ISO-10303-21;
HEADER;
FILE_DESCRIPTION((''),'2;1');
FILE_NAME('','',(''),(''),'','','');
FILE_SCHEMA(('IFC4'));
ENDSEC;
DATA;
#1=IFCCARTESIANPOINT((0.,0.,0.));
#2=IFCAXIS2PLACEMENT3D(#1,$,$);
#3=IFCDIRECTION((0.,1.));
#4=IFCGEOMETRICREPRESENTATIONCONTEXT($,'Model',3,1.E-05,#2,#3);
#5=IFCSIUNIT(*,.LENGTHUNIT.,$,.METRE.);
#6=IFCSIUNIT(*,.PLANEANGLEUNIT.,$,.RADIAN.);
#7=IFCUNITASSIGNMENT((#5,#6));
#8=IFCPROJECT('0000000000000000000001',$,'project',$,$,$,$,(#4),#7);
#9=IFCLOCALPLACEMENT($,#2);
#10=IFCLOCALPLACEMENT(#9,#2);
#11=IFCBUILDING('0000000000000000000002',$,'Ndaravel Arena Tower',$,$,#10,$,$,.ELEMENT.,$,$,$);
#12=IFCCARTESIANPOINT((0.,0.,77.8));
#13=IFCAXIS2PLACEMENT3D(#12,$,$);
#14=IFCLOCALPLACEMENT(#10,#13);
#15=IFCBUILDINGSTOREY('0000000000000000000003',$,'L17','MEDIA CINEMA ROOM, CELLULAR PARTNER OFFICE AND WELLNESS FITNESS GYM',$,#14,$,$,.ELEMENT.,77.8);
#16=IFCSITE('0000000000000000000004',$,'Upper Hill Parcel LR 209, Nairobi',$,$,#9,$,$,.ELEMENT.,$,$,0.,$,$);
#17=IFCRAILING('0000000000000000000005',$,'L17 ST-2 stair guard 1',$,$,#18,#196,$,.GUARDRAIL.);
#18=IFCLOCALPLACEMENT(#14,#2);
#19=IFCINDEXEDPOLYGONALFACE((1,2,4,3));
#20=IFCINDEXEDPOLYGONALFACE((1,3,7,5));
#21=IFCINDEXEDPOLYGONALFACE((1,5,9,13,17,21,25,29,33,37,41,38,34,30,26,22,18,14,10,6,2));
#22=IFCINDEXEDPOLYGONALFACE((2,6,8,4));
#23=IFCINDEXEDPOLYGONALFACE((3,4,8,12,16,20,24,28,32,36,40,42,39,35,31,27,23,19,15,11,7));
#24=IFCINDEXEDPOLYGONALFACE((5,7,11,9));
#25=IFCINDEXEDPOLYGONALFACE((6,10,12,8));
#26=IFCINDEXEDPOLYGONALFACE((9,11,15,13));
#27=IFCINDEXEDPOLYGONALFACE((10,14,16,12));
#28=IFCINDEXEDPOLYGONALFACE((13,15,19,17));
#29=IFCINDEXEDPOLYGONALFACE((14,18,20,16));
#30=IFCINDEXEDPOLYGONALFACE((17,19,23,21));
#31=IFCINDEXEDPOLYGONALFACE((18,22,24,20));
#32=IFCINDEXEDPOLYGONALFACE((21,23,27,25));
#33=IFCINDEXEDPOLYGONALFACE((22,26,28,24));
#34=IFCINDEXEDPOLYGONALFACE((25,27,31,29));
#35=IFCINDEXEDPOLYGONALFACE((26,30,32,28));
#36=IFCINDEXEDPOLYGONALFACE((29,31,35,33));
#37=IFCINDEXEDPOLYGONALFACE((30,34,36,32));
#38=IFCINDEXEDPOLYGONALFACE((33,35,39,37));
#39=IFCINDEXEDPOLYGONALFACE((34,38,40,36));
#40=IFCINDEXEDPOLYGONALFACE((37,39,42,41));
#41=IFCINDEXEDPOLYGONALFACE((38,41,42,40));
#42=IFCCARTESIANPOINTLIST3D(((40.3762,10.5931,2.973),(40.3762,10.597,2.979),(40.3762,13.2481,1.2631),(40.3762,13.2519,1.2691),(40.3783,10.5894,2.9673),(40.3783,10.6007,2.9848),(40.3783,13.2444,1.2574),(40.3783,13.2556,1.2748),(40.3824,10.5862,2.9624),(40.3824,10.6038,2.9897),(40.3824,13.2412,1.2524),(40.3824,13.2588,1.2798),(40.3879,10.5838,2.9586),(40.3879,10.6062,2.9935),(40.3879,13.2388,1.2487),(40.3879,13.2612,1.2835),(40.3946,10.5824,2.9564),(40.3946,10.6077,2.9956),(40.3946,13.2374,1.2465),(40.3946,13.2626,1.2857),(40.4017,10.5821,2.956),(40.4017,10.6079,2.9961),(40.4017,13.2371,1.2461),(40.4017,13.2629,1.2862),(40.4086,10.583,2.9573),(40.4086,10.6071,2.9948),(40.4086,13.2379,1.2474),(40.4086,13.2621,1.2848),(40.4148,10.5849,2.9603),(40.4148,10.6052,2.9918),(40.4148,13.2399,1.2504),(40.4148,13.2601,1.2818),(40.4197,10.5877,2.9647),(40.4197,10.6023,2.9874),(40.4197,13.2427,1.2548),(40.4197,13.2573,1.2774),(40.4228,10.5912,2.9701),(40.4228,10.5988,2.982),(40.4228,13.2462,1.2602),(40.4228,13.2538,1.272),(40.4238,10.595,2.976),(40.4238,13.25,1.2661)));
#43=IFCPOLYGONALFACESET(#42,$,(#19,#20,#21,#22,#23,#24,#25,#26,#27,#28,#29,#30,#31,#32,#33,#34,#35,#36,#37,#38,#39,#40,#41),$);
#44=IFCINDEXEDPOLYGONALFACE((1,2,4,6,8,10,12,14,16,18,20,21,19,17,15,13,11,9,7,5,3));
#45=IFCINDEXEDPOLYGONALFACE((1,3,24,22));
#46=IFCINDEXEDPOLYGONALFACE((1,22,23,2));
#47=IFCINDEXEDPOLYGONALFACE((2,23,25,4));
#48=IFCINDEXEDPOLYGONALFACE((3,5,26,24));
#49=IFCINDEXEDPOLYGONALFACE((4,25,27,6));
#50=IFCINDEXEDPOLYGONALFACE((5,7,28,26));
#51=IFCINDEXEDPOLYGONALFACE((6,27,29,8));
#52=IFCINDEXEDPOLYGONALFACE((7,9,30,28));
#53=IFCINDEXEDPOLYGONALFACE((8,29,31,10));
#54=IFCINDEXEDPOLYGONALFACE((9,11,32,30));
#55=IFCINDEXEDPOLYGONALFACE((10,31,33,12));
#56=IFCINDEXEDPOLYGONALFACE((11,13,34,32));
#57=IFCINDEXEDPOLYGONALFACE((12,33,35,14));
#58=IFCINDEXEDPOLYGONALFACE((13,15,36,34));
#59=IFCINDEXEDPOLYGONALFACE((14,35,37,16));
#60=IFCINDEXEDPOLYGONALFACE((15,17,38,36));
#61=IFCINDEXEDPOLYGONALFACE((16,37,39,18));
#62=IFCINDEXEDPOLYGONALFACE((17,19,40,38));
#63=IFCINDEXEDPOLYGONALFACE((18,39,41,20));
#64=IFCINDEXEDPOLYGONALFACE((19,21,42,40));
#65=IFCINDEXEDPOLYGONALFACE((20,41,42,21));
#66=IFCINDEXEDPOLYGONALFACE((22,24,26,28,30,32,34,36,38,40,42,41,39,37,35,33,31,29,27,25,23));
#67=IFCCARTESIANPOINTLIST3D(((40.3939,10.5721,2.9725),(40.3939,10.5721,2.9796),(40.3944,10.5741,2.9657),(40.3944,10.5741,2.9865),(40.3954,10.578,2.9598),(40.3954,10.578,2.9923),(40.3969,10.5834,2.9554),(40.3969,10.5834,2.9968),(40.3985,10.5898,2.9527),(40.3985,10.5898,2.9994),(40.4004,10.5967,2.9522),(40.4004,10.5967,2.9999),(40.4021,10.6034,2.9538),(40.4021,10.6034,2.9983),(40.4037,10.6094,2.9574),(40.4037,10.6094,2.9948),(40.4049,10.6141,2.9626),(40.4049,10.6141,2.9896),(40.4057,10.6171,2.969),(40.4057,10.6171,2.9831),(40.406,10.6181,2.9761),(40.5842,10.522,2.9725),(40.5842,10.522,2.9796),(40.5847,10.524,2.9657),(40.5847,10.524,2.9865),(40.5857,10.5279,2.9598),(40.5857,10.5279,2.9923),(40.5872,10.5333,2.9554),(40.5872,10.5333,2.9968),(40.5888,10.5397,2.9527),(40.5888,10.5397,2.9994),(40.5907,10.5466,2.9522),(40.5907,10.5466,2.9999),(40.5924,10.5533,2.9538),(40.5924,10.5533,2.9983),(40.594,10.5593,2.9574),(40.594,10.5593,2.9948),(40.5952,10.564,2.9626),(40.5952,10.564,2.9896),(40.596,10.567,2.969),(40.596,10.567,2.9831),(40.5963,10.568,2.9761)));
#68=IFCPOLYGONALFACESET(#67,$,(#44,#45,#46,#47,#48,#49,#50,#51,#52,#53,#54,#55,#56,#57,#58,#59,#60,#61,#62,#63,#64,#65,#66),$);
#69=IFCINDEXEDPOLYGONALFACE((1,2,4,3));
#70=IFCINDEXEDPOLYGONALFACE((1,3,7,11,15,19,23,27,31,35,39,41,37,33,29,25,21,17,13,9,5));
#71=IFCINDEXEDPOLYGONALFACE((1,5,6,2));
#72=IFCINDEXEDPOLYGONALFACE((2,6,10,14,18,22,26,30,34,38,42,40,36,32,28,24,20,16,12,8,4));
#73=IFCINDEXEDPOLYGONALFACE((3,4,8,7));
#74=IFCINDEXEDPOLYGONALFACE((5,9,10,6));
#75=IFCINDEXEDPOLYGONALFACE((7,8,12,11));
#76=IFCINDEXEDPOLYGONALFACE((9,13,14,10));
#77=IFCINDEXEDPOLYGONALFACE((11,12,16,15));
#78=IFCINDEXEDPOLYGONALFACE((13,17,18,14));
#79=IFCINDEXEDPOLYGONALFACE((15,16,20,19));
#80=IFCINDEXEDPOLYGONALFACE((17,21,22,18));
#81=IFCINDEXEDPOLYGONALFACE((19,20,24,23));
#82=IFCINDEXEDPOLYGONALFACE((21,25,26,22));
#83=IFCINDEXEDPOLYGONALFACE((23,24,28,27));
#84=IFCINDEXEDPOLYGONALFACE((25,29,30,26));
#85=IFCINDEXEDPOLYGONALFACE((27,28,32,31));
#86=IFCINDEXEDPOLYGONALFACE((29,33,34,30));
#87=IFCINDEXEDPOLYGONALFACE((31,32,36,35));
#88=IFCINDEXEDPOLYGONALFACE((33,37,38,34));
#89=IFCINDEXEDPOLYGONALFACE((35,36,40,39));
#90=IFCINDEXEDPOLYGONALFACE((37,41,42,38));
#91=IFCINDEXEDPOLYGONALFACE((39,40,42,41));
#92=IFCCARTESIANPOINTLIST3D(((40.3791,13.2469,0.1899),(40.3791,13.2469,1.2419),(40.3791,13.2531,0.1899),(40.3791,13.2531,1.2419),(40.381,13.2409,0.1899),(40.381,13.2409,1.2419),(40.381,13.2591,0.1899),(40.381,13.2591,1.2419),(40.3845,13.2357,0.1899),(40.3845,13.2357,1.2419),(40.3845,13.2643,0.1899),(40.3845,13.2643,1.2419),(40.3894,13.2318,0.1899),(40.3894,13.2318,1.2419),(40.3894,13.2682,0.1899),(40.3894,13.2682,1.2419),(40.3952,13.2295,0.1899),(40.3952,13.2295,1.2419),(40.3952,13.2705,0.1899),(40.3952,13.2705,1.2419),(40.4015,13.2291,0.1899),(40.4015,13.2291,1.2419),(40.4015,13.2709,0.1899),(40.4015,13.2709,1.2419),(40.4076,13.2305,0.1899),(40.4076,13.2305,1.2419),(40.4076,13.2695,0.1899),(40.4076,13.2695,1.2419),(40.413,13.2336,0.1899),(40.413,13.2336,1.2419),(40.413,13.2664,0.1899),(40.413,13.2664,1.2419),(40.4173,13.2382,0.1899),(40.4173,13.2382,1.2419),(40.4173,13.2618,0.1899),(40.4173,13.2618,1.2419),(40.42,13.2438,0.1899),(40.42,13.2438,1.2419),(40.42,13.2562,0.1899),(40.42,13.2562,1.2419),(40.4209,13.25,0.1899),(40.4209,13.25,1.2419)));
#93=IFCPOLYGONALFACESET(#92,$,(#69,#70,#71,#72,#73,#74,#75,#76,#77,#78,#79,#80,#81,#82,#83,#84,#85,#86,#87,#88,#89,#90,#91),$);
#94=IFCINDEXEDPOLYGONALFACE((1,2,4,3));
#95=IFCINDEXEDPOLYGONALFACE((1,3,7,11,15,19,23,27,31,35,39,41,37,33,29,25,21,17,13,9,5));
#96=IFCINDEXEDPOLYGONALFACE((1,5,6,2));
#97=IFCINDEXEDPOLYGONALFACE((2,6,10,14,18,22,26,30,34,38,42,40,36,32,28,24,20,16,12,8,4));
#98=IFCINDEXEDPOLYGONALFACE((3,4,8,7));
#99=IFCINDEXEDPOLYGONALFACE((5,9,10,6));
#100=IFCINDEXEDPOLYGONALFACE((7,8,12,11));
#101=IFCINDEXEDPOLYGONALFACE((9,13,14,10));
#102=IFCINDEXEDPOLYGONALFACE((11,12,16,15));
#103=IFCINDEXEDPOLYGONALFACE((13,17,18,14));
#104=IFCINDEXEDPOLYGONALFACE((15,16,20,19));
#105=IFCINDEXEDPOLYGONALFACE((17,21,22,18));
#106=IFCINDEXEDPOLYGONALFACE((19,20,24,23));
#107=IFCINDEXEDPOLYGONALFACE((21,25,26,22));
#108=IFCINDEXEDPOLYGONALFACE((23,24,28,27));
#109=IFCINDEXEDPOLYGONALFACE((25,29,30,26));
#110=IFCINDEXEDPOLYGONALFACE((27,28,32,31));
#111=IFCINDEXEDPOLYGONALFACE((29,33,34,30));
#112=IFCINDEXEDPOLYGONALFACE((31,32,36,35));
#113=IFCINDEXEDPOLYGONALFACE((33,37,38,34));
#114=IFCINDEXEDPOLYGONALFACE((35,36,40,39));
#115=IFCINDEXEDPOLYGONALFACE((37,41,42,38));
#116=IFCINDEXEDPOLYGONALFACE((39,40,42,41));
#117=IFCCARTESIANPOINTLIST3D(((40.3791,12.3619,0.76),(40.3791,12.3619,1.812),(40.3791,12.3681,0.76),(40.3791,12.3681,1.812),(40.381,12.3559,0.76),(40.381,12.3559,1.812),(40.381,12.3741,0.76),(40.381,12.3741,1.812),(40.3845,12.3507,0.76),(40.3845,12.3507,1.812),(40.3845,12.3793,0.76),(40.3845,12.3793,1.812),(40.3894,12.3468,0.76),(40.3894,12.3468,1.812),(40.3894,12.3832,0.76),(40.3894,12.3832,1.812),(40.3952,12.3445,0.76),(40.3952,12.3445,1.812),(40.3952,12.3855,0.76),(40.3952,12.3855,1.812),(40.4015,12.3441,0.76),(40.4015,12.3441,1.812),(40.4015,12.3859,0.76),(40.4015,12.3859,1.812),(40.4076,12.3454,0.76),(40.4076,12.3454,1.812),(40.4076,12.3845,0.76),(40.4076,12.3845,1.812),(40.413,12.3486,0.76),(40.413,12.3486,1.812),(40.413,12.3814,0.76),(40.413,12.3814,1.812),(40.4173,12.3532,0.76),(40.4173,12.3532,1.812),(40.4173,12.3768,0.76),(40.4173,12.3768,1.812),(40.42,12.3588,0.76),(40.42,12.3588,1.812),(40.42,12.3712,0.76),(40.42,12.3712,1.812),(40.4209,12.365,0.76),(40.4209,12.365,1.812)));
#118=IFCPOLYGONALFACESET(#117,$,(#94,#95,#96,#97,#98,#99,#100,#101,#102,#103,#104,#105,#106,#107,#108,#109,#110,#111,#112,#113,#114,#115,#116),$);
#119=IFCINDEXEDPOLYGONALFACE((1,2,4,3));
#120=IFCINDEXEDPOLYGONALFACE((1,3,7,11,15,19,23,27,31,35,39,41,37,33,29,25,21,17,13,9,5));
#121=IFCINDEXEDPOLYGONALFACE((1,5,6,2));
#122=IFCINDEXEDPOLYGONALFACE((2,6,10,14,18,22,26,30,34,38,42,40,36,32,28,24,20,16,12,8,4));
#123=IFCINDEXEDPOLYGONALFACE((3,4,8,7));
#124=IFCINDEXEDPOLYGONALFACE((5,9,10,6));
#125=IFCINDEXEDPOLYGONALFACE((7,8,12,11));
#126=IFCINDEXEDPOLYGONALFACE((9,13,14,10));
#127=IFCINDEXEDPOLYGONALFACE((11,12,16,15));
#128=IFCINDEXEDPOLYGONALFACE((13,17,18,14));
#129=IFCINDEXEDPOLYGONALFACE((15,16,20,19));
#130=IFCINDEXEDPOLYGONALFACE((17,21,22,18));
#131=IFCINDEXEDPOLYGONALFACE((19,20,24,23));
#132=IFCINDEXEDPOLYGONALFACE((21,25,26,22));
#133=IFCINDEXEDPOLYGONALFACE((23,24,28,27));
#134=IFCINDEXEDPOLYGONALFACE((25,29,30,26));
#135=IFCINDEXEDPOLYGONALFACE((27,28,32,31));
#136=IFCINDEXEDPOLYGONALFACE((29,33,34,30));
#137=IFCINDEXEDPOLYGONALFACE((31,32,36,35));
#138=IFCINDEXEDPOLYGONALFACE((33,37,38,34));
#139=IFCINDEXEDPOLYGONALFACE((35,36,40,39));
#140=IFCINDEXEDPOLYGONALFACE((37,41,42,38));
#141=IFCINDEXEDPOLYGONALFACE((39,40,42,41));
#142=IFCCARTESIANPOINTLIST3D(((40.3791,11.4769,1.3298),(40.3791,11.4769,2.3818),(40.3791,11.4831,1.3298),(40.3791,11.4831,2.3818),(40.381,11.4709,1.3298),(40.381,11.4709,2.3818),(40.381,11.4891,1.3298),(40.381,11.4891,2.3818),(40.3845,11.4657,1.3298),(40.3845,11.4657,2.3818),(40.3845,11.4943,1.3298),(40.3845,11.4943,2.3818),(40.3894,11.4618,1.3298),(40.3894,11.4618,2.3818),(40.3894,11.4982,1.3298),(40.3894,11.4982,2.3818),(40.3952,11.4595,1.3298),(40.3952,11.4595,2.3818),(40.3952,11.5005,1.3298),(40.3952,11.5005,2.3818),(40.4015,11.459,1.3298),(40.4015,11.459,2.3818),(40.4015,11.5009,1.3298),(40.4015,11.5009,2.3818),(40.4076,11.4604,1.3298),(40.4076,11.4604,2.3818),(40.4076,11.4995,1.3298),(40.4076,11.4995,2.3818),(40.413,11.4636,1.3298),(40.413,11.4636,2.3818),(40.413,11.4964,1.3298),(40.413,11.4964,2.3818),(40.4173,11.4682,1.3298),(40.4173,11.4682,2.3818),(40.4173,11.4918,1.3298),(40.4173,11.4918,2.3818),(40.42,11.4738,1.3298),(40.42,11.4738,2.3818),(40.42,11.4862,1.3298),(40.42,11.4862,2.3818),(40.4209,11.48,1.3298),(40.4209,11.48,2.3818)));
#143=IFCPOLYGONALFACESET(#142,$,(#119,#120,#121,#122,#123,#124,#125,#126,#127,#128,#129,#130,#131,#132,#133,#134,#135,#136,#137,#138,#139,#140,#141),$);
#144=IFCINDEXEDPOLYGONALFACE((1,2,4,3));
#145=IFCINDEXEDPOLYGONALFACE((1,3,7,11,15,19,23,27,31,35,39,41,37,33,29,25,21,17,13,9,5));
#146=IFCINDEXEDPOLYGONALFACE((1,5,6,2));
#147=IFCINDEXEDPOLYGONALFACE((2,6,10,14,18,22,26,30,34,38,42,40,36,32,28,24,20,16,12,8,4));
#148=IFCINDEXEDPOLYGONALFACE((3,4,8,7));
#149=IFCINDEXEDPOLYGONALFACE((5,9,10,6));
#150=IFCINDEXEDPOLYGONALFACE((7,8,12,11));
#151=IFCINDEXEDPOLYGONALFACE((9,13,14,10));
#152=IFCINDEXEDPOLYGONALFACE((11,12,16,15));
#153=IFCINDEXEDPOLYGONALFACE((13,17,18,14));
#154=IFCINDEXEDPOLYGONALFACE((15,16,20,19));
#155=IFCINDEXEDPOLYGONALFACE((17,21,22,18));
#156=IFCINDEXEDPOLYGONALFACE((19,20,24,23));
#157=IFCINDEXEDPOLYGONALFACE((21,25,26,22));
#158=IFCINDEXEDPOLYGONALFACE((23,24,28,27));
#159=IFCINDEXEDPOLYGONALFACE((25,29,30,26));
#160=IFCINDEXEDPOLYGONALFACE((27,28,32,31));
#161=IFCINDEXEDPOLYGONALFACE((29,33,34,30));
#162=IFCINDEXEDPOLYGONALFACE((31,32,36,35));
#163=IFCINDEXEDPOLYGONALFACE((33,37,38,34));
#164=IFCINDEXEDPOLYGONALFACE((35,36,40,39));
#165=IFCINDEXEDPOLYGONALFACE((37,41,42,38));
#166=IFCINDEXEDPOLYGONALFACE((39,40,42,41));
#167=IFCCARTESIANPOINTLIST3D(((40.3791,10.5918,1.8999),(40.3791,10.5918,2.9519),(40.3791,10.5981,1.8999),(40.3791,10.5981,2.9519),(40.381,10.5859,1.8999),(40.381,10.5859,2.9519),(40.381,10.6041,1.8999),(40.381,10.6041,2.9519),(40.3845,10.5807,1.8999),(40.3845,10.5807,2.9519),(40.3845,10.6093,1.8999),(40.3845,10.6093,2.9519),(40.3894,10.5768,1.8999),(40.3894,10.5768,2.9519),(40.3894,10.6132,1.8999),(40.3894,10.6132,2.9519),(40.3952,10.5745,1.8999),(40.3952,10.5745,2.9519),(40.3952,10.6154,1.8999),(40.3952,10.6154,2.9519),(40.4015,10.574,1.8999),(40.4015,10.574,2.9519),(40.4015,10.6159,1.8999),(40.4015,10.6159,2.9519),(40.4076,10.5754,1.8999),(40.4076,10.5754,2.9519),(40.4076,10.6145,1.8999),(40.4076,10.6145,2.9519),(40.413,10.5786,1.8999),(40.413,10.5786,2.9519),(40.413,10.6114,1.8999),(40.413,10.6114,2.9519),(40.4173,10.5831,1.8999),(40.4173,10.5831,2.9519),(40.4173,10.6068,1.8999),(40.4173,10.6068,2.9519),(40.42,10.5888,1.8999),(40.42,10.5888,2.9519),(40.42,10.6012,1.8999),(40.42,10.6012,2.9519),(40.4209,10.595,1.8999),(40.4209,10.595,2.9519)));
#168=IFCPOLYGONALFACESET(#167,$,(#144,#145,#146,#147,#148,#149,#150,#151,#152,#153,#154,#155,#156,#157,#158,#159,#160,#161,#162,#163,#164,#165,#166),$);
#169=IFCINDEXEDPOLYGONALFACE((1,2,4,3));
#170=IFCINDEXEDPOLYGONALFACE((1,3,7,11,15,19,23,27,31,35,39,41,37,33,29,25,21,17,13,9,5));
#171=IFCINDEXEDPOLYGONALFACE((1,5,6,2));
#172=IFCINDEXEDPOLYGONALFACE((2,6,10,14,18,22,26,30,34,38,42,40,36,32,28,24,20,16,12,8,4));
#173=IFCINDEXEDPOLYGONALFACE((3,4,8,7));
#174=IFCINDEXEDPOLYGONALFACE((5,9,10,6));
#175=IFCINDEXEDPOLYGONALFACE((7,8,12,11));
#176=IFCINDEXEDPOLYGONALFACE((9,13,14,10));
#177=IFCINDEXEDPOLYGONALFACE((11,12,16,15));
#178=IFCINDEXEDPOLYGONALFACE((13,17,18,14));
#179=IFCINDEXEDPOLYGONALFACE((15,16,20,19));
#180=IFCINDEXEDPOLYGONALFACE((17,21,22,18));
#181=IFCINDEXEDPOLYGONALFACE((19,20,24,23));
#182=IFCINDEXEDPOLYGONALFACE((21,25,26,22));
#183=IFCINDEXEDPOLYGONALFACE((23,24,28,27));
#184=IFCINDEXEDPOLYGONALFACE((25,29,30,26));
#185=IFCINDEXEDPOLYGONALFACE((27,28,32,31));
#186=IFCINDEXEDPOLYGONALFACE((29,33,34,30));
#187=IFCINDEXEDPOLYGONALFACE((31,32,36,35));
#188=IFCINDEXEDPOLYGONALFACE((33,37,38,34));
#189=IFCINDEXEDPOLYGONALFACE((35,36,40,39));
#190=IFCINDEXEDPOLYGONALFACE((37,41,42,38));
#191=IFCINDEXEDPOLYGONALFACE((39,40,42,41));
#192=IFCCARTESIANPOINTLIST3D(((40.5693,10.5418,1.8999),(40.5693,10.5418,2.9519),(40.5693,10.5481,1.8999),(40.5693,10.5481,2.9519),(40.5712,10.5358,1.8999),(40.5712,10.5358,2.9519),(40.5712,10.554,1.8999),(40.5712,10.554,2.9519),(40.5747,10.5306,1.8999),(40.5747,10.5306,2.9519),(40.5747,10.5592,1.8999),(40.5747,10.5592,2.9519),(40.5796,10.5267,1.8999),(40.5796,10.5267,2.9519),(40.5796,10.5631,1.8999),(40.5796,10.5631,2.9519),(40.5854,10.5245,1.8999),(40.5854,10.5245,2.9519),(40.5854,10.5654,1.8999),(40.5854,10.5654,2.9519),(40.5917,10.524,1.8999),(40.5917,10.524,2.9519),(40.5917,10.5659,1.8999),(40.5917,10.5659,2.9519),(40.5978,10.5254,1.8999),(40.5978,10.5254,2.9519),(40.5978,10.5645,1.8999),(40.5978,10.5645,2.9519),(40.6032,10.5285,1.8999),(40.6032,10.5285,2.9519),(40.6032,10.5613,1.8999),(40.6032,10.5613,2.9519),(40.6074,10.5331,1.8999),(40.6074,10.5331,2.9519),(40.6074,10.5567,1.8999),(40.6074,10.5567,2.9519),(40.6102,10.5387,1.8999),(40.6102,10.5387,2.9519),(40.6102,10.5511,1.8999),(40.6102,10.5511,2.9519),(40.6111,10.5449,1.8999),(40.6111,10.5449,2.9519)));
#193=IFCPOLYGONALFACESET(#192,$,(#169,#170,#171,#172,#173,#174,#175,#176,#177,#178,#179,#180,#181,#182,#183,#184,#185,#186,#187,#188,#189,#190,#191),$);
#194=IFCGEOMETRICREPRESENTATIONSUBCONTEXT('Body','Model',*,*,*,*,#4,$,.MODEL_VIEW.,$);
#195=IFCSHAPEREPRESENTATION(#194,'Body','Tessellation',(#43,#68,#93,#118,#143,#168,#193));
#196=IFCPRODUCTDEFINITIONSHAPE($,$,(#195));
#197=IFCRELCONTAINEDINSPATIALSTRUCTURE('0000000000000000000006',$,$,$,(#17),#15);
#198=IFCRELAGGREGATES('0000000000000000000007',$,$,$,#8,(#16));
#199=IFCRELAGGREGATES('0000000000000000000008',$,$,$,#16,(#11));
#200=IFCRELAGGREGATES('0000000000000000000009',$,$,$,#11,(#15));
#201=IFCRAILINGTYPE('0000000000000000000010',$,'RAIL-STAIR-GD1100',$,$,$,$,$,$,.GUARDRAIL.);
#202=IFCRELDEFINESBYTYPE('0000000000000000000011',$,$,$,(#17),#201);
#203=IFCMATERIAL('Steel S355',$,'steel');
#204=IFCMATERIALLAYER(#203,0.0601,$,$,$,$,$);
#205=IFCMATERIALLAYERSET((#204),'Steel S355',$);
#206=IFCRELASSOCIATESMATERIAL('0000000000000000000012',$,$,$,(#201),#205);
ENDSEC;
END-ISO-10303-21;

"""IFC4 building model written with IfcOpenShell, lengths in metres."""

from ifc_helpers import new_model, si_unit, direction, frame, origin, origin_2d, place, context, subcontext, project, spatial, circle, extrude, material, layer, layer_set, type_object, element, save


model = new_model("IFC4")

# Units and contexts
model_context = context("Model", 3, precision=1e-05, world=origin(), true_north=direction((0.0, 1.0)))
body_context = subcontext(model_context, "Body", "Model", "MODEL_VIEW")
ifc_project = project(units=[si_unit("LENGTHUNIT", "METRE"), si_unit("PLANEANGLEUNIT", "RADIAN")], contexts=[model_context])

# Site, building, storey
site_placement = place(None, origin())
site = spatial("IfcSite", under=ifc_project, at=site_placement, Name="Upper Hill Parcel LR 209, Nairobi", CompositionType="ELEMENT", RefElevation=0.0)
building_placement = place(site_placement, origin())
building = spatial("IfcBuilding", under=site, at=building_placement, Name="Ndaravel Arena Tower", CompositionType="ELEMENT")
storey_placement = place(building_placement, frame((0.0, 0.0, 77.8)))
storey = spatial("IfcBuildingStorey", under=building, at=storey_placement, Name="L17", Description="MEDIA CINEMA ROOM, CELLULAR PARTNER OFFICE AND WELLNESS FITNESS GYM", CompositionType="ELEMENT", Elevation=77.8)

# Railing
ifc_material_1 = material(Name="Steel S355", Category="steel")
ifc_layer_1 = layer(ifc_material_1, 0.0601)
ifc_layer_set_1 = layer_set([ifc_layer_1], Name="Steel S355")
railing_type_1 = type_object("IfcRailingType", Name="RAIL-STAIR-GD1100", PredefinedType="GUARDRAIL", material=ifc_layer_set_1)
railing_1_placement = place(storey_placement, frame((40.3999, 13.25, 0.1899)))
element("IfcRailing", 1, at=railing_1_placement, inside=storey, type_object=railing_type_1, Name="L17 ST-2 stair guard 1", PredefinedType="GUARDRAIL", context=body_context, shape_type="SweptSolid", body=[
    extrude(circle(Radius=0.0239, at=origin_2d()), frame((0.0, 0.0, 1.0762), z_axis=(0.0, -0.840724, 0.541465), x_axis=(1.0, 0.0, 0.0)), (0.0, 0.0, 1.0), 3.158),
    extrude(circle(Radius=0.0239, at=origin_2d()), frame((0.0, -2.655, 2.7861), z_axis=(0.967075, -0.254493, 0.0), x_axis=(0.254493, 0.967075, 0.0)), (0.0, 0.0, 1.0), 0.1968),
    extrude(circle(Radius=0.021, at=origin_2d()), origin(), (0.0, 0.0, 1.0), 1.052),
    extrude(circle(Radius=0.021, at=origin_2d()), frame((0.0, -0.885, 0.5701)), (0.0, 0.0, 1.0), 1.052),
    extrude(circle(Radius=0.021, at=origin_2d()), frame((0.0, -1.77, 1.1399)), (0.0, 0.0, 1.0), 1.052),
    extrude(circle(Radius=0.021, at=origin_2d()), frame((0.0, -2.655, 1.71)), (0.0, 0.0, 1.0), 1.052),
    extrude(circle(Radius=0.021, at=origin_2d()), frame((0.1902, -2.7051, 1.71)), (0.0, 0.0, 1.0), 1.052),
])

save(model, "model.ifc")
